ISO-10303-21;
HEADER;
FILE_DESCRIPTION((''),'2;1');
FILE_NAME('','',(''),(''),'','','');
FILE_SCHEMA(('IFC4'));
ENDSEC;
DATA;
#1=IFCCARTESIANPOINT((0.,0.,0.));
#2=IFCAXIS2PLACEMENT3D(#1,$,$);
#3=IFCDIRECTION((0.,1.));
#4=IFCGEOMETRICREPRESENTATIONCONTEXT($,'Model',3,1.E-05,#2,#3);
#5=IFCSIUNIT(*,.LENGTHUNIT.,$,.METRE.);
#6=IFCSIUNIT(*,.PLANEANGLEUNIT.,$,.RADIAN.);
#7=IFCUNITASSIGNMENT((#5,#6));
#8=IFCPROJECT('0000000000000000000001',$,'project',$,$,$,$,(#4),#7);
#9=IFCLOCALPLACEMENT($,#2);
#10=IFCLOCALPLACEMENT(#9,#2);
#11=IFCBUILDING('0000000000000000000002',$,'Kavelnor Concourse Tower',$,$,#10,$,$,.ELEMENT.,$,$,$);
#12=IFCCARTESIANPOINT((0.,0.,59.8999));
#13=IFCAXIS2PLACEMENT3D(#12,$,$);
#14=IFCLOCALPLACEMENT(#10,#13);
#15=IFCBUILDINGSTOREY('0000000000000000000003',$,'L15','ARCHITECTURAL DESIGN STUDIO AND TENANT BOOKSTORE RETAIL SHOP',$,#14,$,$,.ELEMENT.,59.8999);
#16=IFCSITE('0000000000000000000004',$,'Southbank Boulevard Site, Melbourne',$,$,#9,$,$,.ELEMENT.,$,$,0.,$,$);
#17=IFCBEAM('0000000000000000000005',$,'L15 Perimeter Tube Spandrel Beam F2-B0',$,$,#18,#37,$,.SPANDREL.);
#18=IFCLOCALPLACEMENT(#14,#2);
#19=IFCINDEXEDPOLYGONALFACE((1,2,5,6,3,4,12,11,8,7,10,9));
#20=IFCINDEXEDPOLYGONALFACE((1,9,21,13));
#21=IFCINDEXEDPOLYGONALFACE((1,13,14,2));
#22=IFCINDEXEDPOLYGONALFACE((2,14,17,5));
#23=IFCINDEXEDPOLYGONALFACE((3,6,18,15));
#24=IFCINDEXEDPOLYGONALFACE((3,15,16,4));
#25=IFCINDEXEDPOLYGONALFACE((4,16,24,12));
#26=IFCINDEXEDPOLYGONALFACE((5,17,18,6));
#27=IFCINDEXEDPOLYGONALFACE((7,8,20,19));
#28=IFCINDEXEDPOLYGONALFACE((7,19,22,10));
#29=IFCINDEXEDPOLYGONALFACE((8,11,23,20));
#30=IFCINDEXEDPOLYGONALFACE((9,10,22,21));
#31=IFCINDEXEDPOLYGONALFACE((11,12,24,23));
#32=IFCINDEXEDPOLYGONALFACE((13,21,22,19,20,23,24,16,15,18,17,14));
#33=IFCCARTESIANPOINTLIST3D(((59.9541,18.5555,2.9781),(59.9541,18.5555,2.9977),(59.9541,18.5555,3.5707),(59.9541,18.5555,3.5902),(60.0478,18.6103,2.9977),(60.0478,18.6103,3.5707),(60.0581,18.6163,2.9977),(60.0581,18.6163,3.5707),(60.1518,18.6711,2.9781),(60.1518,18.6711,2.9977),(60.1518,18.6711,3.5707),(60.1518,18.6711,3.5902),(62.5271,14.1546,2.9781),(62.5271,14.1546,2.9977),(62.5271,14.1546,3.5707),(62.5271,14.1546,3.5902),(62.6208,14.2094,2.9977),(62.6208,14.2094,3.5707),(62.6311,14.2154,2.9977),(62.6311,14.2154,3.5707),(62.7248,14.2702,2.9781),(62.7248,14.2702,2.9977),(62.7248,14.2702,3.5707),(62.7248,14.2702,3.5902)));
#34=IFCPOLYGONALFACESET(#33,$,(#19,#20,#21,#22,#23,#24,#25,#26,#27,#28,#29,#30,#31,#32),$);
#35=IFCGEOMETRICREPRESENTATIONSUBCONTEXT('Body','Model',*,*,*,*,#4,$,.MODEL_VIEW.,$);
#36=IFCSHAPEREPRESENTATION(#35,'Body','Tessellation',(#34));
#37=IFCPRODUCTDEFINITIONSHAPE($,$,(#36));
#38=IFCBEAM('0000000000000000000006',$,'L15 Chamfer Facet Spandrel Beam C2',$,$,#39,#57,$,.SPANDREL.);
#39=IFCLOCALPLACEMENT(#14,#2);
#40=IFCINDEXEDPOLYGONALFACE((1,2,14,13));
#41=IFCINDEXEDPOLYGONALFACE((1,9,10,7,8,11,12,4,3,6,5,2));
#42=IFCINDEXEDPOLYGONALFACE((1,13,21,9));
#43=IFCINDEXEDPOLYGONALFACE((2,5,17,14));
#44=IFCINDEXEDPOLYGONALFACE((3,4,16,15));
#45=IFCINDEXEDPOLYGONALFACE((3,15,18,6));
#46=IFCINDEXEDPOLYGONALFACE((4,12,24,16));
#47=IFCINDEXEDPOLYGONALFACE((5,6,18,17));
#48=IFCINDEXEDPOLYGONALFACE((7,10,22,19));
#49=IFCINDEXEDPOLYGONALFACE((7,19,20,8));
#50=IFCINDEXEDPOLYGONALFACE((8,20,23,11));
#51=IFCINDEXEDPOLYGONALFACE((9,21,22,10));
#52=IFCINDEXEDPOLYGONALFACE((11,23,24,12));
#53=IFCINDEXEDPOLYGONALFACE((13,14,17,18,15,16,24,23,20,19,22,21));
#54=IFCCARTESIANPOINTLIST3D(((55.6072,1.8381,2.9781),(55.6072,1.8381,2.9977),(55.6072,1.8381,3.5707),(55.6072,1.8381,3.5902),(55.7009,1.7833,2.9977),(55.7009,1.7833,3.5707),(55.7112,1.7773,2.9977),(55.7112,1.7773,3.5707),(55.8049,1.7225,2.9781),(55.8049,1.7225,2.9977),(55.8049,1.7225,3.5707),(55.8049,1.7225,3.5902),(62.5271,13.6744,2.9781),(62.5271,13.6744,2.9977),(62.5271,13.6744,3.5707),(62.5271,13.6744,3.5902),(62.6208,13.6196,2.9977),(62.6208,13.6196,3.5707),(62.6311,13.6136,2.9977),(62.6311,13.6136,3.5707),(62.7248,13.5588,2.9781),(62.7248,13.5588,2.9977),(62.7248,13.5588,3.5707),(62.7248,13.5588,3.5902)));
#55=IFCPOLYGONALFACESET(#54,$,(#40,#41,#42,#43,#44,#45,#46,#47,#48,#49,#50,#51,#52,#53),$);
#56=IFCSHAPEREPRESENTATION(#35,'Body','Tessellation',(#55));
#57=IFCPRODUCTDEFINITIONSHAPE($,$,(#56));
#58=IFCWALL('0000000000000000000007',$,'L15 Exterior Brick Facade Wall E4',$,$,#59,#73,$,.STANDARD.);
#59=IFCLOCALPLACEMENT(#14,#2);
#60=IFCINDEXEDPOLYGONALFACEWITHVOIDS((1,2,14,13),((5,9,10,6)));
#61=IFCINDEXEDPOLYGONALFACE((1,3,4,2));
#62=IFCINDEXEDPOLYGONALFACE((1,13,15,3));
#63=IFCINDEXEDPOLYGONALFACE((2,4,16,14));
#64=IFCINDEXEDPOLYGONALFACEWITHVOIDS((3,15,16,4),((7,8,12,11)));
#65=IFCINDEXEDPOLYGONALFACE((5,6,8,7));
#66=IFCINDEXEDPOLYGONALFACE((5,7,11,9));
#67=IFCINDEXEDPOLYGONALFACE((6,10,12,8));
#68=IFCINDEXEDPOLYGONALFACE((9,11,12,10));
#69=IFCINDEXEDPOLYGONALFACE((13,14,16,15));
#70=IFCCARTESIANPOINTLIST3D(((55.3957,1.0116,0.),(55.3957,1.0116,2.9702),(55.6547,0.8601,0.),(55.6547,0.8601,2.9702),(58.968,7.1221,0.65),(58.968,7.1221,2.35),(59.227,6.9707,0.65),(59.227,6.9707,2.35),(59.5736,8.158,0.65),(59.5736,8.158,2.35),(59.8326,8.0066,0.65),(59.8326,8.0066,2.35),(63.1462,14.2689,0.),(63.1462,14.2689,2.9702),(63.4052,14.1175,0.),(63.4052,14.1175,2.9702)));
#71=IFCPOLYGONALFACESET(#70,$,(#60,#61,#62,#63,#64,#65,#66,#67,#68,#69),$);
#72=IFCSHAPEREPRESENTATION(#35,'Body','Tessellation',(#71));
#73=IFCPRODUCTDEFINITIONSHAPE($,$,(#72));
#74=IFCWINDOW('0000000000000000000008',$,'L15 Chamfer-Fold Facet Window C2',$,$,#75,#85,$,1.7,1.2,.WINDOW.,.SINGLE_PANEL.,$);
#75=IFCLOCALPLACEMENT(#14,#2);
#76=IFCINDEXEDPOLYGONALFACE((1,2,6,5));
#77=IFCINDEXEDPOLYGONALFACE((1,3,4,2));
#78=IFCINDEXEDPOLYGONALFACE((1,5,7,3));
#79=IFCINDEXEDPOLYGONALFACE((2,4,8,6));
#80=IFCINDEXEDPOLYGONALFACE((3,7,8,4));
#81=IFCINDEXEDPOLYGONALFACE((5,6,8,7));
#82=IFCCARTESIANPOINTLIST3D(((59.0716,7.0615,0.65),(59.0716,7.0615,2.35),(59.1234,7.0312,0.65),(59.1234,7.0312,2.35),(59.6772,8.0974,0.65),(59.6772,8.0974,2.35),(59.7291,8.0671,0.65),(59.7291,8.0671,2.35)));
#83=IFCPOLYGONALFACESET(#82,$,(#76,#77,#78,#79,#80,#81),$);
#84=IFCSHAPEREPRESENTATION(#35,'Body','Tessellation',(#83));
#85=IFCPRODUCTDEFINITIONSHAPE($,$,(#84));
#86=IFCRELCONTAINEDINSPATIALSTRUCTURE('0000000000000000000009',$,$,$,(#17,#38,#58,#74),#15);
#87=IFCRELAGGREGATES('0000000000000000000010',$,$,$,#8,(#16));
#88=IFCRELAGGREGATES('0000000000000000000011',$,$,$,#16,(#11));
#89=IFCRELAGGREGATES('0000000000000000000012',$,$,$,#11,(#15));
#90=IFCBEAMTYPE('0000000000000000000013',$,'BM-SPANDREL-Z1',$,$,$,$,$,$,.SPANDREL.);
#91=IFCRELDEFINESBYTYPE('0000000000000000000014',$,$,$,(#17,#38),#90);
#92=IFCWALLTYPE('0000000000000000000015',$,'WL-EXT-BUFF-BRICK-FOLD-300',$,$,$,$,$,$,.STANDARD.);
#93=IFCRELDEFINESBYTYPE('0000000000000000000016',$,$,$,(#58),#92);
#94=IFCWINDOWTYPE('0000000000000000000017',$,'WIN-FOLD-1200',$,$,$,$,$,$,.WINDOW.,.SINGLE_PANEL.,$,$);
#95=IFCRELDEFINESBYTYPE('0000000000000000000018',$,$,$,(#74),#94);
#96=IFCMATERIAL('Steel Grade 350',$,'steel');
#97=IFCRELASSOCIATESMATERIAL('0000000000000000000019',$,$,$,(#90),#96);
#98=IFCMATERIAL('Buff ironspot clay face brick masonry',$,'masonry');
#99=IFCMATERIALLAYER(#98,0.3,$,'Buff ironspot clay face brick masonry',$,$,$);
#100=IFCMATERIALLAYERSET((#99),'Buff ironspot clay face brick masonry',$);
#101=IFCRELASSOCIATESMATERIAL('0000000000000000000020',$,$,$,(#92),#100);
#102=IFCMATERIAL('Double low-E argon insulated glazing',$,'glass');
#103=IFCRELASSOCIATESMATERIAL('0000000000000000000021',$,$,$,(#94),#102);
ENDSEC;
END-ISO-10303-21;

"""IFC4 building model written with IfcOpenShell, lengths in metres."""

from ifc_helpers import new_model, si_unit, direction, frame, frame_2d, origin, origin_2d, place, context, subcontext, project, spatial, rectangle, i_section, extrude, material, layer, layer_set, material_profile, profile_set, type_object, element, fill, save


model = new_model("IFC4")

# Units and contexts
model_context = context("Model", 3, precision=1e-05, world=origin(), true_north=direction((0.0, 1.0)))
body_context = subcontext(model_context, "Body", "Model", "MODEL_VIEW")
ifc_project = project(units=[si_unit("LENGTHUNIT", "METRE"), si_unit("PLANEANGLEUNIT", "RADIAN")], contexts=[model_context])

# Site, building, storey
site_placement = place(None, origin())
site = spatial("IfcSite", under=ifc_project, at=site_placement, Name="Southbank Boulevard Site, Melbourne", CompositionType="ELEMENT", RefElevation=0.0)
building_placement = place(site_placement, origin())
building = spatial("IfcBuilding", under=site, at=building_placement, Name="Kavelnor Concourse Tower", CompositionType="ELEMENT")
storey_placement = place(building_placement, frame((0.0, 0.0, 59.8999)))
storey = spatial("IfcBuildingStorey", under=building, at=storey_placement, Name="L15", Description="ARCHITECTURAL DESIGN STUDIO AND TENANT BOOKSTORE RETAIL SHOP", CompositionType="ELEMENT", Elevation=59.8999)

# Shared definitions
ifc_material_1 = material(Name="Steel Grade 350", Category="steel")

# Beams
ifc_material_profile_1 = material_profile(ifc_material_1, i_section(OverallWidth=0.229, OverallDepth=0.6121, WebThickness=0.012, FlangeThickness=0.0195, at=origin_2d()), Name="610UB125")
ifc_profile_set_1 = profile_set([ifc_material_profile_1], Name="Steel Grade 350")
beam_type_1 = type_object("IfcBeamType", Name="BM-SPANDREL-Z1", PredefinedType="SPANDREL", material=ifc_profile_set_1)
beam_1_placement = place(storey_placement, frame((62.626, 14.2124, 3.2842), z_axis=(-0.504722, 0.863282, 0.0), x_axis=(-0.863282, -0.504722, 0.0)))
element("IfcBeam", 1, at=beam_1_placement, inside=storey, type_object=beam_type_1, Name="L15 Perimeter Tube Spandrel Beam F2-B0", PredefinedType="SPANDREL", context=body_context, shape_type="SweptSolid", body=[
    extrude(i_section(OverallWidth=0.229, OverallDepth=0.6121, WebThickness=0.012, FlangeThickness=0.0195, at=origin_2d()), origin(), (0.0, 0.0, 1.0), 5.0979),
])
beam_2_placement = place(storey_placement, frame((55.7061, 1.7803, 3.2842), z_axis=(0.504706, 0.863292, 0.0), x_axis=(-0.863292, 0.504706, 0.0)))
element("IfcBeam", 2, at=beam_2_placement, inside=storey, type_object=beam_type_1, Name="L15 Chamfer Facet Spandrel Beam C2", PredefinedType="SPANDREL", context=body_context, shape_type="SweptSolid", body=[
    extrude(i_section(OverallWidth=0.229, OverallDepth=0.6121, WebThickness=0.012, FlangeThickness=0.0195, at=origin_2d()), origin(), (0.0, 0.0, 1.0), 13.7107),
])

# Wall, opening, window
ifc_material_2 = material(Name="Buff ironspot clay face brick masonry", Category="masonry")
ifc_layer_1 = layer(ifc_material_2, 0.3, Name="Buff ironspot clay face brick masonry")
ifc_layer_set_1 = layer_set([ifc_layer_1], Name="Buff ironspot clay face brick masonry")
wall_type_1 = type_object("IfcWallType", Name="WL-EXT-BUFF-BRICK-FOLD-300", PredefinedType="STANDARD", material=ifc_layer_set_1)
wall_1_placement = place(storey_placement, frame((63.2756, 14.1931, 0.0), z_axis=(0.0, 0.0, 1.0), x_axis=(-0.504699, -0.863295, 0.0)))
wall_1 = element("IfcWall", 3, at=wall_1_placement, inside=storey, type_object=wall_type_1, Name="L15 Exterior Brick Facade Wall E4", PredefinedType="STANDARD", context=body_context, shape_type="SweptSolid", body=[
    extrude(rectangle(XDim=15.3567, YDim=0.3, at=frame_2d((7.6782, 0.0))), origin(), (0.0, 0.0, 1.0), 2.9702),
])
opening_1_placement = place(wall_1_placement, frame((7.0784, 0.0, 0.6499)))
opening_1 = element("IfcOpeningElement", 4, at=opening_1_placement, cuts=wall_1, PredefinedType="OPENING", context=body_context, shape_type="SweptSolid", body=[
    extrude(rectangle(XDim=1.2, YDim=1.7, at=frame_2d((0.6001, 0.8501))), frame((0.0, 0.1602, 0.0), z_axis=(0.0, -1.0, 0.0), x_axis=(1.0, 0.0, 0.0)), (0.0, 0.0, 1.0), 0.3201),
])
ifc_material_3 = material(Name="Double low-E argon insulated glazing", Category="glass")
window_type_1 = type_object("IfcWindowType", Name="WIN-FOLD-1200", PartitioningType="SINGLE_PANEL", PredefinedType="WINDOW", material=ifc_material_3)
window_1_placement = place(opening_1_placement, origin())
window_1 = element("IfcWindow", 5, at=window_1_placement, inside=storey, type_object=window_type_1, Name="L15 Chamfer-Fold Facet Window C2", OverallHeight=1.7, OverallWidth=1.2, PartitioningType="SINGLE_PANEL", PredefinedType="WINDOW", context=body_context, shape_type="SweptSolid", body=[
    extrude(rectangle(XDim=1.2, YDim=1.7, at=frame_2d((0.6001, 0.8501))), frame((0.0, 0.03, 0.0), z_axis=(0.0, -1.0, 0.0), x_axis=(1.0, 0.0, 0.0)), (0.0, 0.0, 1.0), 0.0601),
])
fill(opening_1, window_1)

save(model, "model.ifc")
